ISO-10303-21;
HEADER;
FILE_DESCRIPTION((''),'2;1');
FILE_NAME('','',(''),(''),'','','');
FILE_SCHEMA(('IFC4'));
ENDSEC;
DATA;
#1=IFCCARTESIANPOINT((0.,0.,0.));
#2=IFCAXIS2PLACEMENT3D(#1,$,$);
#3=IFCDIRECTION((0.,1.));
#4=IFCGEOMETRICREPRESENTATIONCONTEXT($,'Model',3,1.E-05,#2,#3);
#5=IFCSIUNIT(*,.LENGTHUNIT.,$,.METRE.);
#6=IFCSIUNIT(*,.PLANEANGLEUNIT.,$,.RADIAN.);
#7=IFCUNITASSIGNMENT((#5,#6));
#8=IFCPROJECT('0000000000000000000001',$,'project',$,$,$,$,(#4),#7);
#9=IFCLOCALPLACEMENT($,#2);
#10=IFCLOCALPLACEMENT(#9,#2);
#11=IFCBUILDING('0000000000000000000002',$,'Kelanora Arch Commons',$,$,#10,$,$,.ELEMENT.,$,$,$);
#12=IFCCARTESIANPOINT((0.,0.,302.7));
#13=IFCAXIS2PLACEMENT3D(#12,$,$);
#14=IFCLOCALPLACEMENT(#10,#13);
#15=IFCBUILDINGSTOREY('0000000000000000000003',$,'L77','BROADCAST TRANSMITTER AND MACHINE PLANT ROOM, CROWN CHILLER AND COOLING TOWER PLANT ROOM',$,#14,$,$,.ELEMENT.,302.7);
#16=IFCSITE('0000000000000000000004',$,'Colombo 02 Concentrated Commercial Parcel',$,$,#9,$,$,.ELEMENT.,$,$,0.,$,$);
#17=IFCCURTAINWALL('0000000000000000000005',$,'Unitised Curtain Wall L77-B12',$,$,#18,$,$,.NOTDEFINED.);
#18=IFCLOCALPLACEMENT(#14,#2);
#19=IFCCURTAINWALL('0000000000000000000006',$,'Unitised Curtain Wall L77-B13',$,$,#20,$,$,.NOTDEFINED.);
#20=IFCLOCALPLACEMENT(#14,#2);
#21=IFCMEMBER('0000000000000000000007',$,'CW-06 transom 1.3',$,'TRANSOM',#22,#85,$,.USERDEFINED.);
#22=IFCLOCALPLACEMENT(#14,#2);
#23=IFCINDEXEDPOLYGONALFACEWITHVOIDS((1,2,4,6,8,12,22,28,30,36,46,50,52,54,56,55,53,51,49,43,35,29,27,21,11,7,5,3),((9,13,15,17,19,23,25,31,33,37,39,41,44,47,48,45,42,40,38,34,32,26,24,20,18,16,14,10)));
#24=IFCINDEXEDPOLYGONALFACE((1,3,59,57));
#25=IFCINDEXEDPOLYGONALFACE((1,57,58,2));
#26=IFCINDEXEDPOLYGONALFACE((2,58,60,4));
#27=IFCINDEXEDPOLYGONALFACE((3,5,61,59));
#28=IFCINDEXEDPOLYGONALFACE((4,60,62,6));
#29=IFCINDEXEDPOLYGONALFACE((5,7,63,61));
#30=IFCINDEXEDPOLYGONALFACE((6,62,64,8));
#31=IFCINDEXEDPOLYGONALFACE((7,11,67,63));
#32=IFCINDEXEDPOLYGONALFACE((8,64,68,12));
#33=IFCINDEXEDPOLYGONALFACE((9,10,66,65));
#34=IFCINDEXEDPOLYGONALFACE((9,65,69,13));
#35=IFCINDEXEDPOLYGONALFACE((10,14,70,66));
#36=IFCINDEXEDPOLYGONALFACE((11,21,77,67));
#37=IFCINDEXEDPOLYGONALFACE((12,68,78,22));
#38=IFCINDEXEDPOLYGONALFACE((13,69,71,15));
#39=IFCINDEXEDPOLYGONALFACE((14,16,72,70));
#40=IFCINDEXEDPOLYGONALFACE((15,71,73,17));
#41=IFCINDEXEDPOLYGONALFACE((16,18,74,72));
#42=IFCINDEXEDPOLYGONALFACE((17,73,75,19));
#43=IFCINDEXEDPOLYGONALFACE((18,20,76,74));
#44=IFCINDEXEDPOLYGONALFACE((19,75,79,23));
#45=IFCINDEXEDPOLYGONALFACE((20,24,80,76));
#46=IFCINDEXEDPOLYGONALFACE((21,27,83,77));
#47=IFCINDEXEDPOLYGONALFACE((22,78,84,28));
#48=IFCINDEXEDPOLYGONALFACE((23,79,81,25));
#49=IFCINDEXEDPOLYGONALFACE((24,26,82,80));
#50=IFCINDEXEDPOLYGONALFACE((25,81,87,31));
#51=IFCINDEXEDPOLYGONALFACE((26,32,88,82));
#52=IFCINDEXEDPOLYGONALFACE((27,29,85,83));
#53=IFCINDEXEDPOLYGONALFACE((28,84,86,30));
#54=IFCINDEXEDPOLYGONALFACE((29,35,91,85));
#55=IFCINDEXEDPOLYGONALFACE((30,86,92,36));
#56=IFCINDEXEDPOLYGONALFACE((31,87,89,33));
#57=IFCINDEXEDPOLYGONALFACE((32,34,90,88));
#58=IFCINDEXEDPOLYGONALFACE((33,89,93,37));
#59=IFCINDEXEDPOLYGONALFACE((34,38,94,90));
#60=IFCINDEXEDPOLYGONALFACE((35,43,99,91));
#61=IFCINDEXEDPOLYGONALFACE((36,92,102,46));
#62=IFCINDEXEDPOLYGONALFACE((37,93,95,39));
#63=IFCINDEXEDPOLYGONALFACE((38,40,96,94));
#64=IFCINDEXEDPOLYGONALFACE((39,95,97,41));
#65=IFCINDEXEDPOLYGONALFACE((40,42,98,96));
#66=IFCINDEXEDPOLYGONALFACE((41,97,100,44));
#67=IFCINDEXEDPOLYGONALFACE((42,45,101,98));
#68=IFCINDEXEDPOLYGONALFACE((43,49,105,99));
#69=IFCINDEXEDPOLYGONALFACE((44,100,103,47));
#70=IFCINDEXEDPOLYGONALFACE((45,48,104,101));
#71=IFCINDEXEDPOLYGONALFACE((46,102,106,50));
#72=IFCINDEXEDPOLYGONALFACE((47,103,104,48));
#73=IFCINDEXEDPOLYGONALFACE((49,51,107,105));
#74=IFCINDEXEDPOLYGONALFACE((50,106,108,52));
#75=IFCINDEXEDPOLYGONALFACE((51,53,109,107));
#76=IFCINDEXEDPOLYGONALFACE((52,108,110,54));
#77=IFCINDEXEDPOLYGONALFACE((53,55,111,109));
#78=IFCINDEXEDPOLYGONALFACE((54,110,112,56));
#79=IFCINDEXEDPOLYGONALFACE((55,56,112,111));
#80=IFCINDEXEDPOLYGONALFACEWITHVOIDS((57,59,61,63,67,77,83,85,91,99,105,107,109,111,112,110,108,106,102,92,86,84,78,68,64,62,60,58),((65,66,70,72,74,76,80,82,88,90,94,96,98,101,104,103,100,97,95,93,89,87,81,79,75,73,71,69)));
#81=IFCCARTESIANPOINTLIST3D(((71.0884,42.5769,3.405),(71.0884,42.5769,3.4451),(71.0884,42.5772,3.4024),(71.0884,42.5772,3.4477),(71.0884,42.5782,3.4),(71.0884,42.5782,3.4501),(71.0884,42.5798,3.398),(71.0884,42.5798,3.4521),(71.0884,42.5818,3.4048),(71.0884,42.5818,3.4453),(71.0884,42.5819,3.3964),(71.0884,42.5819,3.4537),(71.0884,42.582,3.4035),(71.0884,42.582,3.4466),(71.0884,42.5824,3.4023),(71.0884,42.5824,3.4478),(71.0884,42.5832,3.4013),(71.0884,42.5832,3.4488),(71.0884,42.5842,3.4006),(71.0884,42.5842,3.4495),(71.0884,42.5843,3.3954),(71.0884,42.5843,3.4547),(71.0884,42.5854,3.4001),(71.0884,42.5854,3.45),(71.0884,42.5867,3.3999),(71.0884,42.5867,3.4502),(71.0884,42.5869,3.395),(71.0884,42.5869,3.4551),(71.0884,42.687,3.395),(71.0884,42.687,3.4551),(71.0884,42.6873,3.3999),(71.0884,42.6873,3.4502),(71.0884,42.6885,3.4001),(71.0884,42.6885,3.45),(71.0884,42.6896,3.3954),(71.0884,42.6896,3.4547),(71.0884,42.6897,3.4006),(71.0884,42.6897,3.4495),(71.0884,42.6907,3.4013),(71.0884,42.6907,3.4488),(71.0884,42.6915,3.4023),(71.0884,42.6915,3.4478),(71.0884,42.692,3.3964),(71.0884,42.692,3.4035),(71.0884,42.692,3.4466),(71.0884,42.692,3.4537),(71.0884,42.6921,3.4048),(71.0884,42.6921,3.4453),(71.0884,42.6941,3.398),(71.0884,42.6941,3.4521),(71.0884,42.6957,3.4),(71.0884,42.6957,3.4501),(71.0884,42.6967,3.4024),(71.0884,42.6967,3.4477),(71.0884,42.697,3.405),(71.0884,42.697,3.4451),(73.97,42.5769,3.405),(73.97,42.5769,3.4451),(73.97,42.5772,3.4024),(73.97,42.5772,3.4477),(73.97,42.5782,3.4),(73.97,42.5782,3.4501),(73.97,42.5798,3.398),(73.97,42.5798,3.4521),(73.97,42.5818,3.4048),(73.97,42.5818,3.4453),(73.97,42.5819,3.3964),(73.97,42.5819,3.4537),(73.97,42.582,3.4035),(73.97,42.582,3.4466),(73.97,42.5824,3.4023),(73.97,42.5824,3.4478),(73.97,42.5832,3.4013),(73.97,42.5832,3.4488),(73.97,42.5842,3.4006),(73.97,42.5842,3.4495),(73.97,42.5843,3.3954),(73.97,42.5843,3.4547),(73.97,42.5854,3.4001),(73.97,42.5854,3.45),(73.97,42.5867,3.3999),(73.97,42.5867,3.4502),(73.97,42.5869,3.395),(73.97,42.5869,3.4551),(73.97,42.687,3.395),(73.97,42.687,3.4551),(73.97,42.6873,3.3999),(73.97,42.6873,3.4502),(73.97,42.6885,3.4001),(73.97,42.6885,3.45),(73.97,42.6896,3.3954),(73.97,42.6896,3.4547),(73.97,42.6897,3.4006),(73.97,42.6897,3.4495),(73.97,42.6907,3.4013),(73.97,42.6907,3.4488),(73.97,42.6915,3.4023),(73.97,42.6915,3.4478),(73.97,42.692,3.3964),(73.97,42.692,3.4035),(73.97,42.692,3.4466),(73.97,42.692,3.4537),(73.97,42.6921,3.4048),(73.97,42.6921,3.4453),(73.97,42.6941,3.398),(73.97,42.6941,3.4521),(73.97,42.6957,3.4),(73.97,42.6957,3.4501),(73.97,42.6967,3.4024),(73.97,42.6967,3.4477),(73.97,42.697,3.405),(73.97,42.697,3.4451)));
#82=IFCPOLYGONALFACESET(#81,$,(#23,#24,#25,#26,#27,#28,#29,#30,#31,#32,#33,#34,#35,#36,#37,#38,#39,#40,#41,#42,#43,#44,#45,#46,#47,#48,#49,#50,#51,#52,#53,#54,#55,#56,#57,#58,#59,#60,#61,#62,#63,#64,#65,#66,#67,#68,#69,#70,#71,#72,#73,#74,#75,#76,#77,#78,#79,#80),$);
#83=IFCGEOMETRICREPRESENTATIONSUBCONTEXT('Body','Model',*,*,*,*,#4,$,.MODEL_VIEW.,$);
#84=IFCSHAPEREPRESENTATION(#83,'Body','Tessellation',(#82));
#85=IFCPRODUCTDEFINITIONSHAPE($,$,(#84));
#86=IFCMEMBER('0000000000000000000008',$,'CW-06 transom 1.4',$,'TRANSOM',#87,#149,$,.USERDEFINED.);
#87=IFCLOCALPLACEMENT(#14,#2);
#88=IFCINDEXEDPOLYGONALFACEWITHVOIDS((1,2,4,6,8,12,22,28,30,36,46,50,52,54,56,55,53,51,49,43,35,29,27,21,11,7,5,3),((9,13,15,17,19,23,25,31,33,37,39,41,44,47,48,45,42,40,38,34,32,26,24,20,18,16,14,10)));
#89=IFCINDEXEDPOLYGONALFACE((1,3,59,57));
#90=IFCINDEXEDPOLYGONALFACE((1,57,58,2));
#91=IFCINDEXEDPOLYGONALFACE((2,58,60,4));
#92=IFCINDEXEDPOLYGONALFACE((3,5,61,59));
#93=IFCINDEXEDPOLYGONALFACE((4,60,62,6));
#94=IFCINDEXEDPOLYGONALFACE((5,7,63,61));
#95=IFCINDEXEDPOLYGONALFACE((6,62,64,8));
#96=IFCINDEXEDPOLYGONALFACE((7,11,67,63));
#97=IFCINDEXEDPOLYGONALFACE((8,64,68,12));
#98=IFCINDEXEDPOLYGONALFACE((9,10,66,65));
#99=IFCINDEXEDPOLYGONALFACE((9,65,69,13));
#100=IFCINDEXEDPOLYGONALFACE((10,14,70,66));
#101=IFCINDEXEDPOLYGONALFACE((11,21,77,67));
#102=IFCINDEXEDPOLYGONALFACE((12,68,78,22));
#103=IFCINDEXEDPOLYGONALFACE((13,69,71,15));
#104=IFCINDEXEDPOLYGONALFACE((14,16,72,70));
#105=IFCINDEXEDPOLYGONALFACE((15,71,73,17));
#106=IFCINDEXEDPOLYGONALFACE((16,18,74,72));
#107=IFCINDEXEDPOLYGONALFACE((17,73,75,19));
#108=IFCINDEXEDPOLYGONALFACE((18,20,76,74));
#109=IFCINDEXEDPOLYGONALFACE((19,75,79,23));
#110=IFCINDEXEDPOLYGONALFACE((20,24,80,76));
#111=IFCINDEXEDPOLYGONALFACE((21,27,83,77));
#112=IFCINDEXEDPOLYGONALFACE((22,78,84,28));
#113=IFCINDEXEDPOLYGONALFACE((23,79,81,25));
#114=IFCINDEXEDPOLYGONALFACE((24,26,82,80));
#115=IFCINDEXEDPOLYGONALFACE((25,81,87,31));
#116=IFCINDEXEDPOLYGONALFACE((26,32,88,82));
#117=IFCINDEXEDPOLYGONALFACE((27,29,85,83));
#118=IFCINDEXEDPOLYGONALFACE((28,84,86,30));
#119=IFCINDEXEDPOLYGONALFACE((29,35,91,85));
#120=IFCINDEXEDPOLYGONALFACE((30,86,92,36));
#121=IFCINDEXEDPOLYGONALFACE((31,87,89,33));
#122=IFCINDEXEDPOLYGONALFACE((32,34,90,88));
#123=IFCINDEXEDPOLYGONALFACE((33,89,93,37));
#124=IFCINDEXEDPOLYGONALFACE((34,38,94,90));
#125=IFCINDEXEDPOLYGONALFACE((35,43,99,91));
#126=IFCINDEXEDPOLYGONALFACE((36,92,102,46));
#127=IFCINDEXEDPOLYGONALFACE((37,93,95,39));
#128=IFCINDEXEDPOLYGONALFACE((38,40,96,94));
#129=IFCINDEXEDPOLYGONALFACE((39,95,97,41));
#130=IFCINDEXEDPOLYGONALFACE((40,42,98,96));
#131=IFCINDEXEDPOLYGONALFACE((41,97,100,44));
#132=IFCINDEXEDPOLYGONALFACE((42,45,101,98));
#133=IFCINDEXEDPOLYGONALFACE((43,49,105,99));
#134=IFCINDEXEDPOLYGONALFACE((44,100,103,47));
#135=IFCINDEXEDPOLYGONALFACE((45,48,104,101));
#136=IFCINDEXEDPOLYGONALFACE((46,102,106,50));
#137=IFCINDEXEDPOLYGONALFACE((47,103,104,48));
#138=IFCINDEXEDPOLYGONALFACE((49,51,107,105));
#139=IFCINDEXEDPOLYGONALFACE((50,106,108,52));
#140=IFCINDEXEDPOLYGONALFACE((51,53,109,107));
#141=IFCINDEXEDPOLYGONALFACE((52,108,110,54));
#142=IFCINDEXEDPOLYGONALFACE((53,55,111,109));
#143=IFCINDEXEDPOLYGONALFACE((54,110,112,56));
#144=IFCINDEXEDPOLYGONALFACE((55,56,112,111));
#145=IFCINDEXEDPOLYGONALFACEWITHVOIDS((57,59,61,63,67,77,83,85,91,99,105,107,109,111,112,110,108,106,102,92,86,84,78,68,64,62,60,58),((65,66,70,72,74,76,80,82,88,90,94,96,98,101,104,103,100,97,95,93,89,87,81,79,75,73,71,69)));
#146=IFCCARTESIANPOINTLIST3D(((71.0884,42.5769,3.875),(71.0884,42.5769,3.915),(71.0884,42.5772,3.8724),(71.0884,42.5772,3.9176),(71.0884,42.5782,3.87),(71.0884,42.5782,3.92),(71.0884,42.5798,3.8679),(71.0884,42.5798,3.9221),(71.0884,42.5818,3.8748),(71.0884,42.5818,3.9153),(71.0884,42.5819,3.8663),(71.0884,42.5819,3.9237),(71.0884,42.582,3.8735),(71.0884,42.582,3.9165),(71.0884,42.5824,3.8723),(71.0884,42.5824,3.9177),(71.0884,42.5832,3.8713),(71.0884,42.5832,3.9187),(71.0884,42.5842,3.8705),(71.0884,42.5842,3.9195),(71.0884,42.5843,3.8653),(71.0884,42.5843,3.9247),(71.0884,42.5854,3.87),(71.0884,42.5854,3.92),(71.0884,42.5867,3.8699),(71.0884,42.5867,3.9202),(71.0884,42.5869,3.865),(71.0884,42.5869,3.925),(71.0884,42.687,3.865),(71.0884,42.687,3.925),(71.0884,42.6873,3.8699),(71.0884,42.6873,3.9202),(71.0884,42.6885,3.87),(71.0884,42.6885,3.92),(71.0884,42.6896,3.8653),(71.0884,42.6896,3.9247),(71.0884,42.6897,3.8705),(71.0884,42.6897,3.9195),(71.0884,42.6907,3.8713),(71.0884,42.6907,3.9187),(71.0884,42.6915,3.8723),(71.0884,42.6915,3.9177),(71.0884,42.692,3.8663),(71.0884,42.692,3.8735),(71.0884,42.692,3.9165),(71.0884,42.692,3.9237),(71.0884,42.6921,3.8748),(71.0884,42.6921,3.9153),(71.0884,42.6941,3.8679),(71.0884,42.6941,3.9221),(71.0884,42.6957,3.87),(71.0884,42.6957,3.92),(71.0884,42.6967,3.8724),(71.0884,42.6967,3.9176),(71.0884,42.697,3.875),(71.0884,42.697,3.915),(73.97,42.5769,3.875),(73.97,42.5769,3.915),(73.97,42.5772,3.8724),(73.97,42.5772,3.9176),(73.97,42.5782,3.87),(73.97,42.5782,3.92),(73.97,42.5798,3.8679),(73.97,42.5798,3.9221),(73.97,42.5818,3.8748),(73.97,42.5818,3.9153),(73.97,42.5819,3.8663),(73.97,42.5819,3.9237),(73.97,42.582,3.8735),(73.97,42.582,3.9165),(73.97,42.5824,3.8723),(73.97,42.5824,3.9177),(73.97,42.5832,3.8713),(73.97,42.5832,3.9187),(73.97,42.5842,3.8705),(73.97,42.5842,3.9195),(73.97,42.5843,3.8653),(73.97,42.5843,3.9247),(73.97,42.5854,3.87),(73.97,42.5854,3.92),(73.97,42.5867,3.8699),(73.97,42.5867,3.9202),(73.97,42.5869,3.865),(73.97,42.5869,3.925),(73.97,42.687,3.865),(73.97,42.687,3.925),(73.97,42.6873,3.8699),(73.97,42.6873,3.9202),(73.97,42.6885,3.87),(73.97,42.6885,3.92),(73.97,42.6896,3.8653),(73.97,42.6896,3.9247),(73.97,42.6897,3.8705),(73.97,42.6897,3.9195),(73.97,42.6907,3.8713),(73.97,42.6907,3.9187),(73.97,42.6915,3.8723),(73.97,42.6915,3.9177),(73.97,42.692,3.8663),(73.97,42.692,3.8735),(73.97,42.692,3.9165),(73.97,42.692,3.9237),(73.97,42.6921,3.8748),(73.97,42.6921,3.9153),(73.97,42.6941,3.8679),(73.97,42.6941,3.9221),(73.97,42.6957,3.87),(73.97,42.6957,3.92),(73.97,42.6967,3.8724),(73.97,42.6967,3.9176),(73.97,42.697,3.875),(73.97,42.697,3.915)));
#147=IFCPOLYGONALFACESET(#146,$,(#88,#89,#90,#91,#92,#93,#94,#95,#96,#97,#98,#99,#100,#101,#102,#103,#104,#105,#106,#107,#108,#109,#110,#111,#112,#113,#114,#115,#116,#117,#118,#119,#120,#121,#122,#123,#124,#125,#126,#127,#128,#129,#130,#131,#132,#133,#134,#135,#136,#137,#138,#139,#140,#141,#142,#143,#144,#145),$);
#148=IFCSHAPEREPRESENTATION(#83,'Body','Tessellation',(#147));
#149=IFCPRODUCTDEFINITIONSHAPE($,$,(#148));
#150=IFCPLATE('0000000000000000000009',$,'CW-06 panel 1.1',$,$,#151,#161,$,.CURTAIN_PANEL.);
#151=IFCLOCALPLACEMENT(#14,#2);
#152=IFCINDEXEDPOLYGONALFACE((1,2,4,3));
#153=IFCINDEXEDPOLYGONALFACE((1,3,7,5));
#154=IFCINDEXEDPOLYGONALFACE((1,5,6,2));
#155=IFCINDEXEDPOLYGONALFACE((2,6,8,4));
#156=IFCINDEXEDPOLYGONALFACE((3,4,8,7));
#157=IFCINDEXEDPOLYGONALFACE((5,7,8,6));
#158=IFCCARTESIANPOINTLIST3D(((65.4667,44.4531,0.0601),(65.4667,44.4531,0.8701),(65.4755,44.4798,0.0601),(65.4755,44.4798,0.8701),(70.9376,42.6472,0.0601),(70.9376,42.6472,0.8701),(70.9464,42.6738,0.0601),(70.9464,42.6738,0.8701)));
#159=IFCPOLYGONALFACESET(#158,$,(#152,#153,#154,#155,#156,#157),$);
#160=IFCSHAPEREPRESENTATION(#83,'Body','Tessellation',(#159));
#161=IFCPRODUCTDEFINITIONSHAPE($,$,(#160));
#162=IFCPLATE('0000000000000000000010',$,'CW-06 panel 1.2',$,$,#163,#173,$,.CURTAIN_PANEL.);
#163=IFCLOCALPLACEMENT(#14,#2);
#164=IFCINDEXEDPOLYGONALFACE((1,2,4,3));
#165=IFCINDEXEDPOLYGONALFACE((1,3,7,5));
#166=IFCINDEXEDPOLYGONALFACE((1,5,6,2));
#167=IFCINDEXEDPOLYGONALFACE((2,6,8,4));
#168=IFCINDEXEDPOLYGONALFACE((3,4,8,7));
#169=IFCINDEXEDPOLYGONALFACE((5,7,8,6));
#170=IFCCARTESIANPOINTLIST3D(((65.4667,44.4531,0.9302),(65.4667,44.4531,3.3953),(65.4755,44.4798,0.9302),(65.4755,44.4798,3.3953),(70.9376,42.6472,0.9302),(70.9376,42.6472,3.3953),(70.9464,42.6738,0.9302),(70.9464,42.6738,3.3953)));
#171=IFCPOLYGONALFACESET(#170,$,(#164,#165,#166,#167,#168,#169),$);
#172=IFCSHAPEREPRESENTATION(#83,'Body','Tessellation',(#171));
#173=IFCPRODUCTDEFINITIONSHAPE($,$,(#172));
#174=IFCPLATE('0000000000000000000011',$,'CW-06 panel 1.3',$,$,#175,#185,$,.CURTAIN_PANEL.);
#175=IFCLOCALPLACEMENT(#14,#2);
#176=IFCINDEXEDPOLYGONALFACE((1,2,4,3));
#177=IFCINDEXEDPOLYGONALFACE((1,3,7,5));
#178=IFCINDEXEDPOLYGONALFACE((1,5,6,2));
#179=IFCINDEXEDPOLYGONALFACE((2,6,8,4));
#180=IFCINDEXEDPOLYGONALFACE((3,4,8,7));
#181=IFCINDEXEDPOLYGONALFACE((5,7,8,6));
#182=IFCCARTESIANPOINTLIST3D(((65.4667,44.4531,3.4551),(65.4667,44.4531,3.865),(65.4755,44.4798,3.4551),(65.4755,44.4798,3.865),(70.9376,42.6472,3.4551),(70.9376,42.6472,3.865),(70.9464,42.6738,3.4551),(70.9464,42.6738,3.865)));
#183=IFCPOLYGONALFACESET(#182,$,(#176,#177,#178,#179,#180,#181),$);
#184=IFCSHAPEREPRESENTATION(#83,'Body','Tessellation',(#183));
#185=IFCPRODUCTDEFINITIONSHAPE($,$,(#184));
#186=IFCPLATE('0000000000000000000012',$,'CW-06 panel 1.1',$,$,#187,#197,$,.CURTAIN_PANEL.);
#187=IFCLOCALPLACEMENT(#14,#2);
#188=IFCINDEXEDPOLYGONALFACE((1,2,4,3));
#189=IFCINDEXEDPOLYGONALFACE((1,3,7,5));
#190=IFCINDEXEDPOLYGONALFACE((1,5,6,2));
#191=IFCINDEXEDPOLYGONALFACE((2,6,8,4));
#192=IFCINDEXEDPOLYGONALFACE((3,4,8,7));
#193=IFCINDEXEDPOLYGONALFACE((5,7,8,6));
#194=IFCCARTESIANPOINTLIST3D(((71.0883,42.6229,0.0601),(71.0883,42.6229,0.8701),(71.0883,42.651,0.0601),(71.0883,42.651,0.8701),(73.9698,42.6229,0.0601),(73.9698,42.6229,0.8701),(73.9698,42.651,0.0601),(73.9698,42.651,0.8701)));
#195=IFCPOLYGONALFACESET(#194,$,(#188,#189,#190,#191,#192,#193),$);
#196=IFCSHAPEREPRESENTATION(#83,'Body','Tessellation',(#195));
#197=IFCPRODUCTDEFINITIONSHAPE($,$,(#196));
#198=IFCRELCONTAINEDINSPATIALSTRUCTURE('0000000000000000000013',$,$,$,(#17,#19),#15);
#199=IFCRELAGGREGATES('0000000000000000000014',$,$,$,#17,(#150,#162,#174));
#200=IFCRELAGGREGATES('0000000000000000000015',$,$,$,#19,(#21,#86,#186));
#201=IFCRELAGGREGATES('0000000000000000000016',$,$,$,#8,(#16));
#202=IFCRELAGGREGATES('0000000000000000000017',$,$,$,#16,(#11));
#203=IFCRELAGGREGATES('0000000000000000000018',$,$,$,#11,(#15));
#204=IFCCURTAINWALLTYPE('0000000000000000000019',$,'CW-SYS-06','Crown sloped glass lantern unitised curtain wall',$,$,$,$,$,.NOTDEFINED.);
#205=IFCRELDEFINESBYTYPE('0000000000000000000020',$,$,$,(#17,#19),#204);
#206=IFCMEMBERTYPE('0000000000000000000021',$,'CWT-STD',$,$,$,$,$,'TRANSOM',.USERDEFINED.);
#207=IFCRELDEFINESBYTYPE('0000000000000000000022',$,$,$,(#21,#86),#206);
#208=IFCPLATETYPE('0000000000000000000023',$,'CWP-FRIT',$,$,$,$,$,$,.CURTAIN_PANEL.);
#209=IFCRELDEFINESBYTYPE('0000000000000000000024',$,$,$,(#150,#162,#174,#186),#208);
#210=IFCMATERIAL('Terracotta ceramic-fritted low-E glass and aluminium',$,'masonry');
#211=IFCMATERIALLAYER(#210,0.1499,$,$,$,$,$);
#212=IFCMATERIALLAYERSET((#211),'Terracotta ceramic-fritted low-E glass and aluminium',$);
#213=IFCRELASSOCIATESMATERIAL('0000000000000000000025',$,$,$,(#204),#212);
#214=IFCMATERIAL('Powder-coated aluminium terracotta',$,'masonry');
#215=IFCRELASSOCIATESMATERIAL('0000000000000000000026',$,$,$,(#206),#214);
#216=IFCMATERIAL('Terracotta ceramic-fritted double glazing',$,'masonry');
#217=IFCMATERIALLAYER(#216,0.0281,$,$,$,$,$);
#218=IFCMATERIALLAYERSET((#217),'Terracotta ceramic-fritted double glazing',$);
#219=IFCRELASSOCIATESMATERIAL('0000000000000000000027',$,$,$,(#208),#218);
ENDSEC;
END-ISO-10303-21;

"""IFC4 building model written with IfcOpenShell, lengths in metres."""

from ifc_helpers import new_model, si_unit, direction, frame, origin, origin_2d, place, context, subcontext, project, spatial, rectangle, hollow_rectangle, extrude, source, transform, mapped, material, layer, layer_set, material_profile, profile_set, type_object, element, aggregate, save


model = new_model("IFC4")

# Units and contexts
model_context = context("Model", 3, precision=1e-05, world=origin(), true_north=direction((0.0, 1.0)))
body_context = subcontext(model_context, "Body", "Model", "MODEL_VIEW")
ifc_project = project(units=[si_unit("LENGTHUNIT", "METRE"), si_unit("PLANEANGLEUNIT", "RADIAN")], contexts=[model_context])

# Site, building, storey
site_placement = place(None, origin())
site = spatial("IfcSite", under=ifc_project, at=site_placement, Name="Colombo 02 Concentrated Commercial Parcel", CompositionType="ELEMENT", RefElevation=0.0)
building_placement = place(site_placement, origin())
building = spatial("IfcBuilding", under=site, at=building_placement, Name="Kelanora Arch Commons", CompositionType="ELEMENT")
storey_placement = place(building_placement, frame((0.0, 0.0, 302.7)))
storey = spatial("IfcBuildingStorey", under=building, at=storey_placement, Name="L77", Description="BROADCAST TRANSMITTER AND MACHINE PLANT ROOM, CROWN CHILLER AND COOLING TOWER PLANT ROOM", CompositionType="ELEMENT", Elevation=302.7)

# Curtain walls
ifc_material_1 = material(Name="Terracotta ceramic-fritted low-E glass and aluminium", Category="masonry")
ifc_layer_1 = layer(ifc_material_1, 0.1499)
ifc_layer_set_1 = layer_set([ifc_layer_1], Name="Terracotta ceramic-fritted low-E glass and aluminium")
curtain_wall_type = type_object("IfcCurtainWallType", Name="CW-SYS-06", Description="Crown sloped glass lantern unitised curtain wall", PredefinedType="NOTDEFINED", material=ifc_layer_set_1)
curtain_wall_1_placement = place(storey_placement, origin())
curtain_wall_1 = element("IfcCurtainWall", 1, at=curtain_wall_1_placement, inside=storey, type_object=curtain_wall_type, Name="Unitised Curtain Wall L77-B12", PredefinedType="NOTDEFINED")
ifc_material_2 = material(Name="Powder-coated aluminium terracotta", Category="masonry")
curtain_wall_2_placement = place(storey_placement, origin())
curtain_wall_2 = element("IfcCurtainWall", 2, at=curtain_wall_2_placement, inside=storey, type_object=curtain_wall_type, Name="Unitised Curtain Wall L77-B13", PredefinedType="NOTDEFINED")

# Members
ifc_material_profile_1 = material_profile(ifc_material_2, hollow_rectangle(XDim=0.1201, YDim=0.0601, WallThickness=0.0049, InnerFilletRadius=0.0049, OuterFilletRadius=0.01, at=origin_2d()), Name="CWT120x60")
ifc_profile_set_1 = profile_set([ifc_material_profile_1], Name="Powder-coated aluminium terracotta")
member_type_1 = type_object("IfcMemberType", Name="CWT-STD", ElementType="TRANSOM", PredefinedType="USERDEFINED", material=ifc_profile_set_1)
member_1_placement = place(storey_placement, frame((71.0884, 42.637, 3.425), z_axis=(1.0, 0.0, 0.0), x_axis=(0.0, 1.0, 0.0)))
member_1 = element("IfcMember", 3, at=member_1_placement, type_object=member_type_1, Name="CW-06 transom 1.3", ObjectType="TRANSOM", PredefinedType="USERDEFINED", context=body_context, shape_type="SweptSolid", body=[
    extrude(hollow_rectangle(XDim=0.1201, YDim=0.0601, WallThickness=0.0049, InnerFilletRadius=0.0049, OuterFilletRadius=0.01, at=origin_2d()), origin(), (0.0, 0.0, 1.0), 2.8816),
])
member_2_placement = place(storey_placement, frame((71.0884, 42.637, 3.895), z_axis=(1.0, 0.0, 0.0), x_axis=(0.0, 1.0, 0.0)))
member_2 = element("IfcMember", 4, at=member_2_placement, type_object=member_type_1, Name="CW-06 transom 1.4", ObjectType="TRANSOM", PredefinedType="USERDEFINED", context=body_context, shape_type="SweptSolid", body=[
    extrude(hollow_rectangle(XDim=0.1201, YDim=0.0601, WallThickness=0.0049, InnerFilletRadius=0.0049, OuterFilletRadius=0.01, at=origin_2d()), origin(), (0.0, 0.0, 1.0), 2.8816),
])

# Plates
ifc_material_3 = material(Name="Terracotta ceramic-fritted double glazing", Category="masonry")
ifc_layer_2 = layer(ifc_material_3, 0.0281)
ifc_layer_set_2 = layer_set([ifc_layer_2], Name="Terracotta ceramic-fritted double glazing")
plate_type = type_object("IfcPlateType", Name="CWP-FRIT", PredefinedType="CURTAIN_PANEL", material=ifc_layer_set_2)
shared_shape_1 = source(origin(), body_context, "Body", "SweptSolid", [
    extrude(rectangle(XDim=5.7612, YDim=0.0281, at=origin_2d()), origin(), (0.0, 0.0, 1.0), 0.8101),
])
plate_1_placement = place(storey_placement, frame((68.2065, 43.5635, 0.0601), z_axis=(0.0, 0.0, 1.0), x_axis=(0.949599, -0.313467, 0.0)))
plate_1 = element("IfcPlate", 5, at=plate_1_placement, type_object=plate_type, Name="CW-06 panel 1.1", PredefinedType="CURTAIN_PANEL", context=body_context, shape_type="MappedRepresentation", body=[
    mapped(shared_shape_1, transform((0.0, 0.0, 0.0), scale=1.0)),
])
shared_shape_2 = source(origin(), body_context, "Body", "SweptSolid", [
    extrude(rectangle(XDim=5.7612, YDim=0.0281, at=origin_2d()), origin(), (0.0, 0.0, 1.0), 2.4651),
])
plate_2_placement = place(storey_placement, frame((68.2065, 43.5635, 0.9302), z_axis=(0.0, 0.0, 1.0), x_axis=(0.949599, -0.313467, 0.0)))
plate_2 = element("IfcPlate", 6, at=plate_2_placement, type_object=plate_type, Name="CW-06 panel 1.2", PredefinedType="CURTAIN_PANEL", context=body_context, shape_type="MappedRepresentation", body=[
    mapped(shared_shape_2, transform((0.0, 0.0, 0.0), scale=1.0)),
])
shared_shape_3 = source(origin(), body_context, "Body", "SweptSolid", [
    extrude(rectangle(XDim=5.7612, YDim=0.0281, at=origin_2d()), origin(), (0.0, 0.0, 1.0), 0.4099),
])
plate_3_placement = place(storey_placement, frame((68.2065, 43.5635, 3.4551), z_axis=(0.0, 0.0, 1.0), x_axis=(0.949599, -0.313467, 0.0)))
plate_3 = element("IfcPlate", 7, at=plate_3_placement, type_object=plate_type, Name="CW-06 panel 1.3", PredefinedType="CURTAIN_PANEL", context=body_context, shape_type="MappedRepresentation", body=[
    mapped(shared_shape_3, transform((0.0, 0.0, 0.0), scale=1.0)),
])
aggregate(curtain_wall_1, [plate_1, plate_2, plate_3])
shared_shape_4 = source(origin(), body_context, "Body", "SweptSolid", [
    extrude(rectangle(XDim=2.8816, YDim=0.0281, at=origin_2d()), origin(), (0.0, 0.0, 1.0), 0.8101),
])
plate_4_placement = place(storey_placement, frame((72.5291, 42.637, 0.0601), z_axis=(0.0, 0.0, 1.0), x_axis=(1.0, 0.0, 0.0)))
plate_4 = element("IfcPlate", 8, at=plate_4_placement, type_object=plate_type, Name="CW-06 panel 1.1", PredefinedType="CURTAIN_PANEL", context=body_context, shape_type="MappedRepresentation", body=[
    mapped(shared_shape_4, transform((0.0, 0.0, 0.0), scale=1.0)),
])
aggregate(curtain_wall_2, [member_1, member_2, plate_4])

save(model, "model.ifc")
